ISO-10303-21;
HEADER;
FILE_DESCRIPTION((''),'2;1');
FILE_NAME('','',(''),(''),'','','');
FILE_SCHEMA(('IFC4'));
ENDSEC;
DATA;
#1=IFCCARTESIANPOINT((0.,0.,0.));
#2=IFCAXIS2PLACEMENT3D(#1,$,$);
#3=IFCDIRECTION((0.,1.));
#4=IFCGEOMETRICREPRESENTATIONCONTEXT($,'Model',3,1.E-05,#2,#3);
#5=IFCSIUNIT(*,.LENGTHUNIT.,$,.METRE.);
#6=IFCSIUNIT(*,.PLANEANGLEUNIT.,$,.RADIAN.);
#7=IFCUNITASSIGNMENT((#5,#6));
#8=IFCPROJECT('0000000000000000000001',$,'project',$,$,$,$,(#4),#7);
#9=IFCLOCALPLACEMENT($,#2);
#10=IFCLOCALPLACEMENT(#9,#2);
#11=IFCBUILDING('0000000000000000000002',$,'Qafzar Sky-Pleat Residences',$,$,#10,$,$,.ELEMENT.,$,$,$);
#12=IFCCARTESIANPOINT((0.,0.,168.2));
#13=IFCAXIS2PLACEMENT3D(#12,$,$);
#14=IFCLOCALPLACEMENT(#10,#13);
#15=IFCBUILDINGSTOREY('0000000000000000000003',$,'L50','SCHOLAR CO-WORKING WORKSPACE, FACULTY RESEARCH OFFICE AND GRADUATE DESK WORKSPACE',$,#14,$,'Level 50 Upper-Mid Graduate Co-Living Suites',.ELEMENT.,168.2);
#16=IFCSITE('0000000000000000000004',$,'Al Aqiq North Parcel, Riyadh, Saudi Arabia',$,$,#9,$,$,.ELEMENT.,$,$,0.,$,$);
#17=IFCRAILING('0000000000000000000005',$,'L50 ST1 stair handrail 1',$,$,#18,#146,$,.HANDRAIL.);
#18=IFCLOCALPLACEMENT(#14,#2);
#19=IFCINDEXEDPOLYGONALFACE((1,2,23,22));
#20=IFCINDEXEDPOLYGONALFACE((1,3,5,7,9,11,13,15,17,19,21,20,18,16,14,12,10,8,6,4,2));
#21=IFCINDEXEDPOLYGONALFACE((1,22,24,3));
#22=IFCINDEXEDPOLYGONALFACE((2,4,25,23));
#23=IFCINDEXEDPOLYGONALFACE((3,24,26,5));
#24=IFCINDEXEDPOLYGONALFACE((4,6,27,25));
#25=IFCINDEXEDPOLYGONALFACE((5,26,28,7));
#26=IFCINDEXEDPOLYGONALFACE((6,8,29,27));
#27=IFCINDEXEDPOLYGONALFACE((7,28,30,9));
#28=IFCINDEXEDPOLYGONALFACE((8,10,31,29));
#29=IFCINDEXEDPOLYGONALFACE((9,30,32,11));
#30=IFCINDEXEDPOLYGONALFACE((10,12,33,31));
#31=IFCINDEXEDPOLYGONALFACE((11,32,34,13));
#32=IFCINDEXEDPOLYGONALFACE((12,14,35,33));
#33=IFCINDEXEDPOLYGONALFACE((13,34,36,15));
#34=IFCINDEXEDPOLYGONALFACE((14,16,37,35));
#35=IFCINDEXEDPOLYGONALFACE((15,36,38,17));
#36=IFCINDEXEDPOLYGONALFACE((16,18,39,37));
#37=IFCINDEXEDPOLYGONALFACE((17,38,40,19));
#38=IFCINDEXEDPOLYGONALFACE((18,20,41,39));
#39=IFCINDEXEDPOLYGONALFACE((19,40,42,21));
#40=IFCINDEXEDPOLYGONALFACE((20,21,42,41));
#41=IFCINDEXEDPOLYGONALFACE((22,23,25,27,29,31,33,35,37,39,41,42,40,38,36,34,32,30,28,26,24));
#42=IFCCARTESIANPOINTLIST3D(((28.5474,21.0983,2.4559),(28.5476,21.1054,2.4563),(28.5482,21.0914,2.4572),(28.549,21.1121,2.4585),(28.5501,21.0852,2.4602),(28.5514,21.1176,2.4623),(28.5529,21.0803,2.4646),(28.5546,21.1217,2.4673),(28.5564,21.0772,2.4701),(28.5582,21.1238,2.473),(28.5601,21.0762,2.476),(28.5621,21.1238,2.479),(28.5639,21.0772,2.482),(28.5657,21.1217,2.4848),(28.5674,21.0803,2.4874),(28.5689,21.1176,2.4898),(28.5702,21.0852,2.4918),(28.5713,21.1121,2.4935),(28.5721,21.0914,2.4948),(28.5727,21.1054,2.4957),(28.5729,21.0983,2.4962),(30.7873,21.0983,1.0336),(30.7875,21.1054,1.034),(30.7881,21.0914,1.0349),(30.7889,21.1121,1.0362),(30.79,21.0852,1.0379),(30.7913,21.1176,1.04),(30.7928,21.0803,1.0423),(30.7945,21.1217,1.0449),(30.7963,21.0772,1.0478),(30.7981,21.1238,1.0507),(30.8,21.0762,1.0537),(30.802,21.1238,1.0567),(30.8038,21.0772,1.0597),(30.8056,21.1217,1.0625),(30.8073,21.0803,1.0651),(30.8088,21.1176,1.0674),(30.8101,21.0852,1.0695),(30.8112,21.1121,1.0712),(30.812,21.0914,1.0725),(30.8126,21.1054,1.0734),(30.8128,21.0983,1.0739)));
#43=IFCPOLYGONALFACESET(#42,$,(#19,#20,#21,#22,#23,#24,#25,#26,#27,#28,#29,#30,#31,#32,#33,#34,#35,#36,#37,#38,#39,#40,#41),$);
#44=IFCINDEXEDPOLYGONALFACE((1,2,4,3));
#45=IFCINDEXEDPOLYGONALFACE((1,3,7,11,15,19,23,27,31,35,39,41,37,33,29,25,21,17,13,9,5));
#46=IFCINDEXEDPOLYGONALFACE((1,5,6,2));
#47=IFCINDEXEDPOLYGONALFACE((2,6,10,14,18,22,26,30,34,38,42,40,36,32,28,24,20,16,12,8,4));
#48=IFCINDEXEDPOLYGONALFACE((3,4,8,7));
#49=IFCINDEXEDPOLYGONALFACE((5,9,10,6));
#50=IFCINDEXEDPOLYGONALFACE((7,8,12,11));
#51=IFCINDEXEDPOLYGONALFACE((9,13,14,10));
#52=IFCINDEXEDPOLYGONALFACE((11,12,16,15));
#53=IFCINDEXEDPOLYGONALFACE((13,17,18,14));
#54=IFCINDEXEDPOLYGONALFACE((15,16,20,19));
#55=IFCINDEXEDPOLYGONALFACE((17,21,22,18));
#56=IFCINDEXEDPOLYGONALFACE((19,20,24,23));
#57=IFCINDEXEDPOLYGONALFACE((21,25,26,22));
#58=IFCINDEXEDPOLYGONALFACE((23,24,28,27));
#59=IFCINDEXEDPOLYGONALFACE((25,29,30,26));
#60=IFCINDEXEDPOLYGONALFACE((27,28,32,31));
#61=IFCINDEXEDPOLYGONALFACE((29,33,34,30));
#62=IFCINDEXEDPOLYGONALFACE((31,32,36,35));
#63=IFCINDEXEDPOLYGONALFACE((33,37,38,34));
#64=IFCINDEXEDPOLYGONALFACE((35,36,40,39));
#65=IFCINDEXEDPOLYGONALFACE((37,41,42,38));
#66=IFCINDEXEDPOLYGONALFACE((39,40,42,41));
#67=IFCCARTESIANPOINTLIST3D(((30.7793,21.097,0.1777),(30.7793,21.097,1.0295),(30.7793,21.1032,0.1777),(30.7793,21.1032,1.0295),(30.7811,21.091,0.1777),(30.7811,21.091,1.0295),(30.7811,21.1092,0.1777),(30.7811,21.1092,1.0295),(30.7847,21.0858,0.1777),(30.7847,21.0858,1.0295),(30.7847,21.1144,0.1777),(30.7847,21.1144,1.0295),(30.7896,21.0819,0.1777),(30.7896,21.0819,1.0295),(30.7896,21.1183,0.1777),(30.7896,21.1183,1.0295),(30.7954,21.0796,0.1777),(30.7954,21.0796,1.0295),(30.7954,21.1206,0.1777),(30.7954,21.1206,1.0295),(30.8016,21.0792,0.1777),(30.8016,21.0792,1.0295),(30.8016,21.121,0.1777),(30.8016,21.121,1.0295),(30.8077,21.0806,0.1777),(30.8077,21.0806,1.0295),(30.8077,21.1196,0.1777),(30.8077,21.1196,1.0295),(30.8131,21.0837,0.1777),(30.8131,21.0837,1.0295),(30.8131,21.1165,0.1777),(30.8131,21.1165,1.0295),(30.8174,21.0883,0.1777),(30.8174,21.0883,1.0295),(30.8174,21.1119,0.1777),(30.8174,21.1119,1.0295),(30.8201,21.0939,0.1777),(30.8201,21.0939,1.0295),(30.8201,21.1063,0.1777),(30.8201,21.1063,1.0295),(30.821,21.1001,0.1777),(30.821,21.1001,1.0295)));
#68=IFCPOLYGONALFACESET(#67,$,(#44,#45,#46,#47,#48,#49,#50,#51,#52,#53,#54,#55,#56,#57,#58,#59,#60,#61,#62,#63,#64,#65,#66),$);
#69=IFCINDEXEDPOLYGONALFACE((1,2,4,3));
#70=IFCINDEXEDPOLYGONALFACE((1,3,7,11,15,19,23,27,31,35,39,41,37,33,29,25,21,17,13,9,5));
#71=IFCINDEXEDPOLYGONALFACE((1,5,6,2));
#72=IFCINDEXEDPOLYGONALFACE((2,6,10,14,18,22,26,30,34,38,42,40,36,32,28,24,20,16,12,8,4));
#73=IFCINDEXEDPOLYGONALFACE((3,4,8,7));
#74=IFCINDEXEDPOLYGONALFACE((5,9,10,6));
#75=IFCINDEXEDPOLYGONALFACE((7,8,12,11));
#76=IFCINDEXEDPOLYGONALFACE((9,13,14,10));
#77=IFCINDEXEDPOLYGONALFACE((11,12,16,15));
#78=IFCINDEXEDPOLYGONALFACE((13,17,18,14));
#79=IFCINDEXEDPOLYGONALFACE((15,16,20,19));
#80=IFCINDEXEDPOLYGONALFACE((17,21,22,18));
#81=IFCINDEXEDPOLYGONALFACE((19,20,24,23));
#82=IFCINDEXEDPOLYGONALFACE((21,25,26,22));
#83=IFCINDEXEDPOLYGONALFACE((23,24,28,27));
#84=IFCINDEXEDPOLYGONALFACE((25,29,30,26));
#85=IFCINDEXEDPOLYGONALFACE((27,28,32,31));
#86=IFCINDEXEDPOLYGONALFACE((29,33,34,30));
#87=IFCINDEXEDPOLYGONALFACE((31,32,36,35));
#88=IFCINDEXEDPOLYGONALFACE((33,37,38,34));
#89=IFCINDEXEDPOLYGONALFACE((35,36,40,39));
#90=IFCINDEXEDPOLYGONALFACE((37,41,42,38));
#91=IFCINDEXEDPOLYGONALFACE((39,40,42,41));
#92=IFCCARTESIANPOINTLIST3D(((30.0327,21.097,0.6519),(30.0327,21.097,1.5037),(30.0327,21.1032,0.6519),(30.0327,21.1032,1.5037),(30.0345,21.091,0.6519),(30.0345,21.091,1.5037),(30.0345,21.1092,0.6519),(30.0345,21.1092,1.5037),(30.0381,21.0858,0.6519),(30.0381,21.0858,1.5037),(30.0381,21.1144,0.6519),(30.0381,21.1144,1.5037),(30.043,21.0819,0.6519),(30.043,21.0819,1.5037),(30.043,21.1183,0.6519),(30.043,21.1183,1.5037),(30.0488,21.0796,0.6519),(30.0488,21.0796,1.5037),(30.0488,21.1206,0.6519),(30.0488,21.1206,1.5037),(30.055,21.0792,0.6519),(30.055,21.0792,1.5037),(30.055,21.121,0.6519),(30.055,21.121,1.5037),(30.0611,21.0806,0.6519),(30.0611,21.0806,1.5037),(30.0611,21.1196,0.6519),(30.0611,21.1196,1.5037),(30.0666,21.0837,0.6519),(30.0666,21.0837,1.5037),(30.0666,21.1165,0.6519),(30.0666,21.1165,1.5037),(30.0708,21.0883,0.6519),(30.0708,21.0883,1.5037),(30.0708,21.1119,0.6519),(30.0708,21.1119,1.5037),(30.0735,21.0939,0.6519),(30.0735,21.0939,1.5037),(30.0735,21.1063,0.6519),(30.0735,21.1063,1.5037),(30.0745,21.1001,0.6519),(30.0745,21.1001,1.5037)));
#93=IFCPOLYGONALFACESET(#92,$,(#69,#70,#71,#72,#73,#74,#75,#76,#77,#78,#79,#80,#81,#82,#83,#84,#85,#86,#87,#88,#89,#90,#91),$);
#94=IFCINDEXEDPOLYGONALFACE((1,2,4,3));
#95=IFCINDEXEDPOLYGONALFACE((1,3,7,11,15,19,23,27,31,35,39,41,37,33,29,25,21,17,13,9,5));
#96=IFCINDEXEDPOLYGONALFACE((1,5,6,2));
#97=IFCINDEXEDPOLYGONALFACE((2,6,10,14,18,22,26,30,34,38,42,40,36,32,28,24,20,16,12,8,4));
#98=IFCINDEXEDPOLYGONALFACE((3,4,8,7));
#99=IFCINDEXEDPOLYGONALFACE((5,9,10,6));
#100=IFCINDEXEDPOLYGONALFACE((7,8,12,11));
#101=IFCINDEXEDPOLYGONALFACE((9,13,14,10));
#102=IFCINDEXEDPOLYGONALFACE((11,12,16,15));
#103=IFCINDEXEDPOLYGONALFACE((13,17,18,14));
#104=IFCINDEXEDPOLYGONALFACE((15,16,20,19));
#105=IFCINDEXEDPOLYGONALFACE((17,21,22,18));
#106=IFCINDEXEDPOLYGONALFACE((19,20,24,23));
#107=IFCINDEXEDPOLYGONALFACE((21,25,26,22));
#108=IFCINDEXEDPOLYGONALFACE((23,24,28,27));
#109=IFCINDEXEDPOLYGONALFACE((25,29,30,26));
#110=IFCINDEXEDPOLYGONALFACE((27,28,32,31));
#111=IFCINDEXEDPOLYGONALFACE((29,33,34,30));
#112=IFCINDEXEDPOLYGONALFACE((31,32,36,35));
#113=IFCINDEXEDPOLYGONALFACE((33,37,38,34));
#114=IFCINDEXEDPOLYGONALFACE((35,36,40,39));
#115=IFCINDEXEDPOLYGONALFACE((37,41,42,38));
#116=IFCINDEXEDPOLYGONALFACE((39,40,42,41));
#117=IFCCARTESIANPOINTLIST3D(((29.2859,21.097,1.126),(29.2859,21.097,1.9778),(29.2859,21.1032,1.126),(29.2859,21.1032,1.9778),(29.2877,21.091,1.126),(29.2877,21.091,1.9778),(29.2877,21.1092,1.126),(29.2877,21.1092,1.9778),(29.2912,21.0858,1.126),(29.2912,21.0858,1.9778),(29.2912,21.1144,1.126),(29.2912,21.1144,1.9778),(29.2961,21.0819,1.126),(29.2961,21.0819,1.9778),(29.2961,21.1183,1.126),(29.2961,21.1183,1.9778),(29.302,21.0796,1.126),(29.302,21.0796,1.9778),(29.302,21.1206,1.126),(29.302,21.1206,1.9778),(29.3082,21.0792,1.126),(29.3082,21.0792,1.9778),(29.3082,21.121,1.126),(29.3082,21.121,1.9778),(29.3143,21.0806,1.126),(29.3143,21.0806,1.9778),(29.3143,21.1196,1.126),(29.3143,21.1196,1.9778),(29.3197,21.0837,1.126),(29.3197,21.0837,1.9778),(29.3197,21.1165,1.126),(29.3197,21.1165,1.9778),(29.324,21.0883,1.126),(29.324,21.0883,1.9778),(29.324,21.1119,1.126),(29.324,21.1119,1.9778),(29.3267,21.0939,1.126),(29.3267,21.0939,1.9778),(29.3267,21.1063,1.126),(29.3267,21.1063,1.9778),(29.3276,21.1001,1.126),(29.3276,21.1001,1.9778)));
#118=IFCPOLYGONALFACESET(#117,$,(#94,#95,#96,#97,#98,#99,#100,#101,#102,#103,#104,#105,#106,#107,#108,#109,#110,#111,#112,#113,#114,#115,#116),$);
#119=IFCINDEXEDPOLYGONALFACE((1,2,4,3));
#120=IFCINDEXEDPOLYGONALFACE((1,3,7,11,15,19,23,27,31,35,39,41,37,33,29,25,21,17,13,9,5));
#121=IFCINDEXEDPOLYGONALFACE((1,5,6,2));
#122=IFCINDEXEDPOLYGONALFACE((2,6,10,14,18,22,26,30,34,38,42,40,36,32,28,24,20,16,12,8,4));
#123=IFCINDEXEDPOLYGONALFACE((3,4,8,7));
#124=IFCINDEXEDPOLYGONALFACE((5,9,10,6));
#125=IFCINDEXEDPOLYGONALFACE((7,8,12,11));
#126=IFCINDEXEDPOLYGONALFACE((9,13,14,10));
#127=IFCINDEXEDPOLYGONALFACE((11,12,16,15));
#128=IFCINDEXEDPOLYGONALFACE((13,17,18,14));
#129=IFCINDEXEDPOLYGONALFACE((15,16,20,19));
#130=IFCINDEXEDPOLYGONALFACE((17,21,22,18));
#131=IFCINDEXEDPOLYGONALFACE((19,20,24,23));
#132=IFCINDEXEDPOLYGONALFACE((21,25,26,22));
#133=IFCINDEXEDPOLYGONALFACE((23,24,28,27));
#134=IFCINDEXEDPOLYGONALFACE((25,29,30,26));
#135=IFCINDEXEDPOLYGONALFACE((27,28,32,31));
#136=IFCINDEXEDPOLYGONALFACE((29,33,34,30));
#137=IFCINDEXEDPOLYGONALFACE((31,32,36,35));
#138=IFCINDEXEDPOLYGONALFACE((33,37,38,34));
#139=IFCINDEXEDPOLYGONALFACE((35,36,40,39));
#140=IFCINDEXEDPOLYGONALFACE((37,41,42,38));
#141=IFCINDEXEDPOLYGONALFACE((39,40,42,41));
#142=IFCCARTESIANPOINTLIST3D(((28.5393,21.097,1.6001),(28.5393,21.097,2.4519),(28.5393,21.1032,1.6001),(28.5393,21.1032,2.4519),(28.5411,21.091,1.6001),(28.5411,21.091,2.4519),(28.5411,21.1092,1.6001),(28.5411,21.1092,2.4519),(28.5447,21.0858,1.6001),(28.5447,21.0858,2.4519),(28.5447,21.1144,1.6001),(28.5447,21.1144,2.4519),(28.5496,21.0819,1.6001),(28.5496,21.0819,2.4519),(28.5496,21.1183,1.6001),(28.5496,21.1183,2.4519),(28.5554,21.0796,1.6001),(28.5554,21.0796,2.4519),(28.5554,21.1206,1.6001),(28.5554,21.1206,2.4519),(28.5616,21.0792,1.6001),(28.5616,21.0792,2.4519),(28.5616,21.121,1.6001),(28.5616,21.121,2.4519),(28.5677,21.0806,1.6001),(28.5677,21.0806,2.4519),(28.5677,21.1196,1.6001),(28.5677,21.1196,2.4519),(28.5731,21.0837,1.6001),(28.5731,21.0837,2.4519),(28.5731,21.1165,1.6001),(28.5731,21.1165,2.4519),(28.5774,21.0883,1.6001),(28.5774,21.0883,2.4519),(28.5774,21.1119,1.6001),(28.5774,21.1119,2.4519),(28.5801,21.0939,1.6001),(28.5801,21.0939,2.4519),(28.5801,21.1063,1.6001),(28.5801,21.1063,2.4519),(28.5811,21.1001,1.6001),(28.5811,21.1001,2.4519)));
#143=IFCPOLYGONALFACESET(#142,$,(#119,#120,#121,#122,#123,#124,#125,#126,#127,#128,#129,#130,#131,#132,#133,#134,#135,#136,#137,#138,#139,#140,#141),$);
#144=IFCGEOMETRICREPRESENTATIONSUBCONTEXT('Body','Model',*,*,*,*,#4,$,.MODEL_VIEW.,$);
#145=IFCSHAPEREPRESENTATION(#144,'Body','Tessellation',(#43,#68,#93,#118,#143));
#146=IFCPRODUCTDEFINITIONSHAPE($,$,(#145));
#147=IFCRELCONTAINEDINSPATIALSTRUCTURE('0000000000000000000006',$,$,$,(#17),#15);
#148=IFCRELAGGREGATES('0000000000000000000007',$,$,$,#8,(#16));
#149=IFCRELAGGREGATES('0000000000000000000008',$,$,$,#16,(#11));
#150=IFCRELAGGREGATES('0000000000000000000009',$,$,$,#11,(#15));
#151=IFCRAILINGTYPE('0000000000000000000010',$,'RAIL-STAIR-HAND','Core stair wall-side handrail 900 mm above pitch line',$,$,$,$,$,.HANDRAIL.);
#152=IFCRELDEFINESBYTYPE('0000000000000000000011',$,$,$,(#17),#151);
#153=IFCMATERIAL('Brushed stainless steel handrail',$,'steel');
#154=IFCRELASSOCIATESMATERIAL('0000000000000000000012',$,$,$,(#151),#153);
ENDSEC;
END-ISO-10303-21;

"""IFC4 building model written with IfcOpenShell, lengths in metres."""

from ifc_helpers import new_model, si_unit, direction, frame, origin, origin_2d, place, context, subcontext, project, spatial, circle, extrude, source, transform, mapped, material, type_object, element, save


model = new_model("IFC4")

# Units and contexts
model_context = context("Model", 3, precision=1e-05, world=origin(), true_north=direction((0.0, 1.0)))
body_context = subcontext(model_context, "Body", "Model", "MODEL_VIEW")
ifc_project = project(units=[si_unit("LENGTHUNIT", "METRE"), si_unit("PLANEANGLEUNIT", "RADIAN")], contexts=[model_context])

# Site, building, storey
site_placement = place(None, origin())
site = spatial("IfcSite", under=ifc_project, at=site_placement, Name="Al Aqiq North Parcel, Riyadh, Saudi Arabia", CompositionType="ELEMENT", RefElevation=0.0)
building_placement = place(site_placement, origin())
building = spatial("IfcBuilding", under=site, at=building_placement, Name="Qafzar Sky-Pleat Residences", CompositionType="ELEMENT")
storey_placement = place(building_placement, frame((0.0, 0.0, 168.2)))
storey = spatial("IfcBuildingStorey", under=building, at=storey_placement, Name="L50", Description="SCHOLAR CO-WORKING WORKSPACE, FACULTY RESEARCH OFFICE AND GRADUATE DESK WORKSPACE", LongName="Level 50 Upper-Mid Graduate Co-Living Suites", CompositionType="ELEMENT", Elevation=168.2)

# Railing
ifc_material_1 = material(Name="Brushed stainless steel handrail", Category="steel")
railing_type_1 = type_object("IfcRailingType", Name="RAIL-STAIR-HAND", Description="Core stair wall-side handrail 900 mm above pitch line", PredefinedType="HANDRAIL", material=ifc_material_1)
shared_shape_1 = source(origin(), body_context, "Body", "SweptSolid", [
    extrude(circle(Radius=0.0239, at=origin_2d()), frame((0.0, 0.0, 0.876), z_axis=(-0.844188, 0.0, 0.536048), x_axis=(0.0, -1.0, 0.0)), (0.0, 0.0, 1.0), 2.6533),
    extrude(circle(Radius=0.021, at=origin_2d()), origin(), (0.0, 0.0, 1.0), 0.8518),
    extrude(circle(Radius=0.021, at=origin_2d()), frame((-0.7466, 0.0, 0.4741)), (0.0, 0.0, 1.0), 0.8518),
    extrude(circle(Radius=0.021, at=origin_2d()), frame((-1.4934, 0.0, 0.9482)), (0.0, 0.0, 1.0), 0.8518),
    extrude(circle(Radius=0.021, at=origin_2d()), frame((-2.24, 0.0, 1.4224)), (0.0, 0.0, 1.0), 0.8518),
])
railing_1_placement = place(storey_placement, frame((30.8, 21.1001, 0.1777)))
element("IfcRailing", 1, at=railing_1_placement, inside=storey, type_object=railing_type_1, Name="L50 ST1 stair handrail 1", PredefinedType="HANDRAIL", context=body_context, shape_type="MappedRepresentation", body=[
    mapped(shared_shape_1, transform((0.0, 0.0, 0.0), x_axis=(1.0, 0.0, 0.0), y_axis=(0.0, 1.0, 0.0), z_axis=(0.0, 0.0, 1.0), scale=1.0)),
])

save(model, "model.ifc")
